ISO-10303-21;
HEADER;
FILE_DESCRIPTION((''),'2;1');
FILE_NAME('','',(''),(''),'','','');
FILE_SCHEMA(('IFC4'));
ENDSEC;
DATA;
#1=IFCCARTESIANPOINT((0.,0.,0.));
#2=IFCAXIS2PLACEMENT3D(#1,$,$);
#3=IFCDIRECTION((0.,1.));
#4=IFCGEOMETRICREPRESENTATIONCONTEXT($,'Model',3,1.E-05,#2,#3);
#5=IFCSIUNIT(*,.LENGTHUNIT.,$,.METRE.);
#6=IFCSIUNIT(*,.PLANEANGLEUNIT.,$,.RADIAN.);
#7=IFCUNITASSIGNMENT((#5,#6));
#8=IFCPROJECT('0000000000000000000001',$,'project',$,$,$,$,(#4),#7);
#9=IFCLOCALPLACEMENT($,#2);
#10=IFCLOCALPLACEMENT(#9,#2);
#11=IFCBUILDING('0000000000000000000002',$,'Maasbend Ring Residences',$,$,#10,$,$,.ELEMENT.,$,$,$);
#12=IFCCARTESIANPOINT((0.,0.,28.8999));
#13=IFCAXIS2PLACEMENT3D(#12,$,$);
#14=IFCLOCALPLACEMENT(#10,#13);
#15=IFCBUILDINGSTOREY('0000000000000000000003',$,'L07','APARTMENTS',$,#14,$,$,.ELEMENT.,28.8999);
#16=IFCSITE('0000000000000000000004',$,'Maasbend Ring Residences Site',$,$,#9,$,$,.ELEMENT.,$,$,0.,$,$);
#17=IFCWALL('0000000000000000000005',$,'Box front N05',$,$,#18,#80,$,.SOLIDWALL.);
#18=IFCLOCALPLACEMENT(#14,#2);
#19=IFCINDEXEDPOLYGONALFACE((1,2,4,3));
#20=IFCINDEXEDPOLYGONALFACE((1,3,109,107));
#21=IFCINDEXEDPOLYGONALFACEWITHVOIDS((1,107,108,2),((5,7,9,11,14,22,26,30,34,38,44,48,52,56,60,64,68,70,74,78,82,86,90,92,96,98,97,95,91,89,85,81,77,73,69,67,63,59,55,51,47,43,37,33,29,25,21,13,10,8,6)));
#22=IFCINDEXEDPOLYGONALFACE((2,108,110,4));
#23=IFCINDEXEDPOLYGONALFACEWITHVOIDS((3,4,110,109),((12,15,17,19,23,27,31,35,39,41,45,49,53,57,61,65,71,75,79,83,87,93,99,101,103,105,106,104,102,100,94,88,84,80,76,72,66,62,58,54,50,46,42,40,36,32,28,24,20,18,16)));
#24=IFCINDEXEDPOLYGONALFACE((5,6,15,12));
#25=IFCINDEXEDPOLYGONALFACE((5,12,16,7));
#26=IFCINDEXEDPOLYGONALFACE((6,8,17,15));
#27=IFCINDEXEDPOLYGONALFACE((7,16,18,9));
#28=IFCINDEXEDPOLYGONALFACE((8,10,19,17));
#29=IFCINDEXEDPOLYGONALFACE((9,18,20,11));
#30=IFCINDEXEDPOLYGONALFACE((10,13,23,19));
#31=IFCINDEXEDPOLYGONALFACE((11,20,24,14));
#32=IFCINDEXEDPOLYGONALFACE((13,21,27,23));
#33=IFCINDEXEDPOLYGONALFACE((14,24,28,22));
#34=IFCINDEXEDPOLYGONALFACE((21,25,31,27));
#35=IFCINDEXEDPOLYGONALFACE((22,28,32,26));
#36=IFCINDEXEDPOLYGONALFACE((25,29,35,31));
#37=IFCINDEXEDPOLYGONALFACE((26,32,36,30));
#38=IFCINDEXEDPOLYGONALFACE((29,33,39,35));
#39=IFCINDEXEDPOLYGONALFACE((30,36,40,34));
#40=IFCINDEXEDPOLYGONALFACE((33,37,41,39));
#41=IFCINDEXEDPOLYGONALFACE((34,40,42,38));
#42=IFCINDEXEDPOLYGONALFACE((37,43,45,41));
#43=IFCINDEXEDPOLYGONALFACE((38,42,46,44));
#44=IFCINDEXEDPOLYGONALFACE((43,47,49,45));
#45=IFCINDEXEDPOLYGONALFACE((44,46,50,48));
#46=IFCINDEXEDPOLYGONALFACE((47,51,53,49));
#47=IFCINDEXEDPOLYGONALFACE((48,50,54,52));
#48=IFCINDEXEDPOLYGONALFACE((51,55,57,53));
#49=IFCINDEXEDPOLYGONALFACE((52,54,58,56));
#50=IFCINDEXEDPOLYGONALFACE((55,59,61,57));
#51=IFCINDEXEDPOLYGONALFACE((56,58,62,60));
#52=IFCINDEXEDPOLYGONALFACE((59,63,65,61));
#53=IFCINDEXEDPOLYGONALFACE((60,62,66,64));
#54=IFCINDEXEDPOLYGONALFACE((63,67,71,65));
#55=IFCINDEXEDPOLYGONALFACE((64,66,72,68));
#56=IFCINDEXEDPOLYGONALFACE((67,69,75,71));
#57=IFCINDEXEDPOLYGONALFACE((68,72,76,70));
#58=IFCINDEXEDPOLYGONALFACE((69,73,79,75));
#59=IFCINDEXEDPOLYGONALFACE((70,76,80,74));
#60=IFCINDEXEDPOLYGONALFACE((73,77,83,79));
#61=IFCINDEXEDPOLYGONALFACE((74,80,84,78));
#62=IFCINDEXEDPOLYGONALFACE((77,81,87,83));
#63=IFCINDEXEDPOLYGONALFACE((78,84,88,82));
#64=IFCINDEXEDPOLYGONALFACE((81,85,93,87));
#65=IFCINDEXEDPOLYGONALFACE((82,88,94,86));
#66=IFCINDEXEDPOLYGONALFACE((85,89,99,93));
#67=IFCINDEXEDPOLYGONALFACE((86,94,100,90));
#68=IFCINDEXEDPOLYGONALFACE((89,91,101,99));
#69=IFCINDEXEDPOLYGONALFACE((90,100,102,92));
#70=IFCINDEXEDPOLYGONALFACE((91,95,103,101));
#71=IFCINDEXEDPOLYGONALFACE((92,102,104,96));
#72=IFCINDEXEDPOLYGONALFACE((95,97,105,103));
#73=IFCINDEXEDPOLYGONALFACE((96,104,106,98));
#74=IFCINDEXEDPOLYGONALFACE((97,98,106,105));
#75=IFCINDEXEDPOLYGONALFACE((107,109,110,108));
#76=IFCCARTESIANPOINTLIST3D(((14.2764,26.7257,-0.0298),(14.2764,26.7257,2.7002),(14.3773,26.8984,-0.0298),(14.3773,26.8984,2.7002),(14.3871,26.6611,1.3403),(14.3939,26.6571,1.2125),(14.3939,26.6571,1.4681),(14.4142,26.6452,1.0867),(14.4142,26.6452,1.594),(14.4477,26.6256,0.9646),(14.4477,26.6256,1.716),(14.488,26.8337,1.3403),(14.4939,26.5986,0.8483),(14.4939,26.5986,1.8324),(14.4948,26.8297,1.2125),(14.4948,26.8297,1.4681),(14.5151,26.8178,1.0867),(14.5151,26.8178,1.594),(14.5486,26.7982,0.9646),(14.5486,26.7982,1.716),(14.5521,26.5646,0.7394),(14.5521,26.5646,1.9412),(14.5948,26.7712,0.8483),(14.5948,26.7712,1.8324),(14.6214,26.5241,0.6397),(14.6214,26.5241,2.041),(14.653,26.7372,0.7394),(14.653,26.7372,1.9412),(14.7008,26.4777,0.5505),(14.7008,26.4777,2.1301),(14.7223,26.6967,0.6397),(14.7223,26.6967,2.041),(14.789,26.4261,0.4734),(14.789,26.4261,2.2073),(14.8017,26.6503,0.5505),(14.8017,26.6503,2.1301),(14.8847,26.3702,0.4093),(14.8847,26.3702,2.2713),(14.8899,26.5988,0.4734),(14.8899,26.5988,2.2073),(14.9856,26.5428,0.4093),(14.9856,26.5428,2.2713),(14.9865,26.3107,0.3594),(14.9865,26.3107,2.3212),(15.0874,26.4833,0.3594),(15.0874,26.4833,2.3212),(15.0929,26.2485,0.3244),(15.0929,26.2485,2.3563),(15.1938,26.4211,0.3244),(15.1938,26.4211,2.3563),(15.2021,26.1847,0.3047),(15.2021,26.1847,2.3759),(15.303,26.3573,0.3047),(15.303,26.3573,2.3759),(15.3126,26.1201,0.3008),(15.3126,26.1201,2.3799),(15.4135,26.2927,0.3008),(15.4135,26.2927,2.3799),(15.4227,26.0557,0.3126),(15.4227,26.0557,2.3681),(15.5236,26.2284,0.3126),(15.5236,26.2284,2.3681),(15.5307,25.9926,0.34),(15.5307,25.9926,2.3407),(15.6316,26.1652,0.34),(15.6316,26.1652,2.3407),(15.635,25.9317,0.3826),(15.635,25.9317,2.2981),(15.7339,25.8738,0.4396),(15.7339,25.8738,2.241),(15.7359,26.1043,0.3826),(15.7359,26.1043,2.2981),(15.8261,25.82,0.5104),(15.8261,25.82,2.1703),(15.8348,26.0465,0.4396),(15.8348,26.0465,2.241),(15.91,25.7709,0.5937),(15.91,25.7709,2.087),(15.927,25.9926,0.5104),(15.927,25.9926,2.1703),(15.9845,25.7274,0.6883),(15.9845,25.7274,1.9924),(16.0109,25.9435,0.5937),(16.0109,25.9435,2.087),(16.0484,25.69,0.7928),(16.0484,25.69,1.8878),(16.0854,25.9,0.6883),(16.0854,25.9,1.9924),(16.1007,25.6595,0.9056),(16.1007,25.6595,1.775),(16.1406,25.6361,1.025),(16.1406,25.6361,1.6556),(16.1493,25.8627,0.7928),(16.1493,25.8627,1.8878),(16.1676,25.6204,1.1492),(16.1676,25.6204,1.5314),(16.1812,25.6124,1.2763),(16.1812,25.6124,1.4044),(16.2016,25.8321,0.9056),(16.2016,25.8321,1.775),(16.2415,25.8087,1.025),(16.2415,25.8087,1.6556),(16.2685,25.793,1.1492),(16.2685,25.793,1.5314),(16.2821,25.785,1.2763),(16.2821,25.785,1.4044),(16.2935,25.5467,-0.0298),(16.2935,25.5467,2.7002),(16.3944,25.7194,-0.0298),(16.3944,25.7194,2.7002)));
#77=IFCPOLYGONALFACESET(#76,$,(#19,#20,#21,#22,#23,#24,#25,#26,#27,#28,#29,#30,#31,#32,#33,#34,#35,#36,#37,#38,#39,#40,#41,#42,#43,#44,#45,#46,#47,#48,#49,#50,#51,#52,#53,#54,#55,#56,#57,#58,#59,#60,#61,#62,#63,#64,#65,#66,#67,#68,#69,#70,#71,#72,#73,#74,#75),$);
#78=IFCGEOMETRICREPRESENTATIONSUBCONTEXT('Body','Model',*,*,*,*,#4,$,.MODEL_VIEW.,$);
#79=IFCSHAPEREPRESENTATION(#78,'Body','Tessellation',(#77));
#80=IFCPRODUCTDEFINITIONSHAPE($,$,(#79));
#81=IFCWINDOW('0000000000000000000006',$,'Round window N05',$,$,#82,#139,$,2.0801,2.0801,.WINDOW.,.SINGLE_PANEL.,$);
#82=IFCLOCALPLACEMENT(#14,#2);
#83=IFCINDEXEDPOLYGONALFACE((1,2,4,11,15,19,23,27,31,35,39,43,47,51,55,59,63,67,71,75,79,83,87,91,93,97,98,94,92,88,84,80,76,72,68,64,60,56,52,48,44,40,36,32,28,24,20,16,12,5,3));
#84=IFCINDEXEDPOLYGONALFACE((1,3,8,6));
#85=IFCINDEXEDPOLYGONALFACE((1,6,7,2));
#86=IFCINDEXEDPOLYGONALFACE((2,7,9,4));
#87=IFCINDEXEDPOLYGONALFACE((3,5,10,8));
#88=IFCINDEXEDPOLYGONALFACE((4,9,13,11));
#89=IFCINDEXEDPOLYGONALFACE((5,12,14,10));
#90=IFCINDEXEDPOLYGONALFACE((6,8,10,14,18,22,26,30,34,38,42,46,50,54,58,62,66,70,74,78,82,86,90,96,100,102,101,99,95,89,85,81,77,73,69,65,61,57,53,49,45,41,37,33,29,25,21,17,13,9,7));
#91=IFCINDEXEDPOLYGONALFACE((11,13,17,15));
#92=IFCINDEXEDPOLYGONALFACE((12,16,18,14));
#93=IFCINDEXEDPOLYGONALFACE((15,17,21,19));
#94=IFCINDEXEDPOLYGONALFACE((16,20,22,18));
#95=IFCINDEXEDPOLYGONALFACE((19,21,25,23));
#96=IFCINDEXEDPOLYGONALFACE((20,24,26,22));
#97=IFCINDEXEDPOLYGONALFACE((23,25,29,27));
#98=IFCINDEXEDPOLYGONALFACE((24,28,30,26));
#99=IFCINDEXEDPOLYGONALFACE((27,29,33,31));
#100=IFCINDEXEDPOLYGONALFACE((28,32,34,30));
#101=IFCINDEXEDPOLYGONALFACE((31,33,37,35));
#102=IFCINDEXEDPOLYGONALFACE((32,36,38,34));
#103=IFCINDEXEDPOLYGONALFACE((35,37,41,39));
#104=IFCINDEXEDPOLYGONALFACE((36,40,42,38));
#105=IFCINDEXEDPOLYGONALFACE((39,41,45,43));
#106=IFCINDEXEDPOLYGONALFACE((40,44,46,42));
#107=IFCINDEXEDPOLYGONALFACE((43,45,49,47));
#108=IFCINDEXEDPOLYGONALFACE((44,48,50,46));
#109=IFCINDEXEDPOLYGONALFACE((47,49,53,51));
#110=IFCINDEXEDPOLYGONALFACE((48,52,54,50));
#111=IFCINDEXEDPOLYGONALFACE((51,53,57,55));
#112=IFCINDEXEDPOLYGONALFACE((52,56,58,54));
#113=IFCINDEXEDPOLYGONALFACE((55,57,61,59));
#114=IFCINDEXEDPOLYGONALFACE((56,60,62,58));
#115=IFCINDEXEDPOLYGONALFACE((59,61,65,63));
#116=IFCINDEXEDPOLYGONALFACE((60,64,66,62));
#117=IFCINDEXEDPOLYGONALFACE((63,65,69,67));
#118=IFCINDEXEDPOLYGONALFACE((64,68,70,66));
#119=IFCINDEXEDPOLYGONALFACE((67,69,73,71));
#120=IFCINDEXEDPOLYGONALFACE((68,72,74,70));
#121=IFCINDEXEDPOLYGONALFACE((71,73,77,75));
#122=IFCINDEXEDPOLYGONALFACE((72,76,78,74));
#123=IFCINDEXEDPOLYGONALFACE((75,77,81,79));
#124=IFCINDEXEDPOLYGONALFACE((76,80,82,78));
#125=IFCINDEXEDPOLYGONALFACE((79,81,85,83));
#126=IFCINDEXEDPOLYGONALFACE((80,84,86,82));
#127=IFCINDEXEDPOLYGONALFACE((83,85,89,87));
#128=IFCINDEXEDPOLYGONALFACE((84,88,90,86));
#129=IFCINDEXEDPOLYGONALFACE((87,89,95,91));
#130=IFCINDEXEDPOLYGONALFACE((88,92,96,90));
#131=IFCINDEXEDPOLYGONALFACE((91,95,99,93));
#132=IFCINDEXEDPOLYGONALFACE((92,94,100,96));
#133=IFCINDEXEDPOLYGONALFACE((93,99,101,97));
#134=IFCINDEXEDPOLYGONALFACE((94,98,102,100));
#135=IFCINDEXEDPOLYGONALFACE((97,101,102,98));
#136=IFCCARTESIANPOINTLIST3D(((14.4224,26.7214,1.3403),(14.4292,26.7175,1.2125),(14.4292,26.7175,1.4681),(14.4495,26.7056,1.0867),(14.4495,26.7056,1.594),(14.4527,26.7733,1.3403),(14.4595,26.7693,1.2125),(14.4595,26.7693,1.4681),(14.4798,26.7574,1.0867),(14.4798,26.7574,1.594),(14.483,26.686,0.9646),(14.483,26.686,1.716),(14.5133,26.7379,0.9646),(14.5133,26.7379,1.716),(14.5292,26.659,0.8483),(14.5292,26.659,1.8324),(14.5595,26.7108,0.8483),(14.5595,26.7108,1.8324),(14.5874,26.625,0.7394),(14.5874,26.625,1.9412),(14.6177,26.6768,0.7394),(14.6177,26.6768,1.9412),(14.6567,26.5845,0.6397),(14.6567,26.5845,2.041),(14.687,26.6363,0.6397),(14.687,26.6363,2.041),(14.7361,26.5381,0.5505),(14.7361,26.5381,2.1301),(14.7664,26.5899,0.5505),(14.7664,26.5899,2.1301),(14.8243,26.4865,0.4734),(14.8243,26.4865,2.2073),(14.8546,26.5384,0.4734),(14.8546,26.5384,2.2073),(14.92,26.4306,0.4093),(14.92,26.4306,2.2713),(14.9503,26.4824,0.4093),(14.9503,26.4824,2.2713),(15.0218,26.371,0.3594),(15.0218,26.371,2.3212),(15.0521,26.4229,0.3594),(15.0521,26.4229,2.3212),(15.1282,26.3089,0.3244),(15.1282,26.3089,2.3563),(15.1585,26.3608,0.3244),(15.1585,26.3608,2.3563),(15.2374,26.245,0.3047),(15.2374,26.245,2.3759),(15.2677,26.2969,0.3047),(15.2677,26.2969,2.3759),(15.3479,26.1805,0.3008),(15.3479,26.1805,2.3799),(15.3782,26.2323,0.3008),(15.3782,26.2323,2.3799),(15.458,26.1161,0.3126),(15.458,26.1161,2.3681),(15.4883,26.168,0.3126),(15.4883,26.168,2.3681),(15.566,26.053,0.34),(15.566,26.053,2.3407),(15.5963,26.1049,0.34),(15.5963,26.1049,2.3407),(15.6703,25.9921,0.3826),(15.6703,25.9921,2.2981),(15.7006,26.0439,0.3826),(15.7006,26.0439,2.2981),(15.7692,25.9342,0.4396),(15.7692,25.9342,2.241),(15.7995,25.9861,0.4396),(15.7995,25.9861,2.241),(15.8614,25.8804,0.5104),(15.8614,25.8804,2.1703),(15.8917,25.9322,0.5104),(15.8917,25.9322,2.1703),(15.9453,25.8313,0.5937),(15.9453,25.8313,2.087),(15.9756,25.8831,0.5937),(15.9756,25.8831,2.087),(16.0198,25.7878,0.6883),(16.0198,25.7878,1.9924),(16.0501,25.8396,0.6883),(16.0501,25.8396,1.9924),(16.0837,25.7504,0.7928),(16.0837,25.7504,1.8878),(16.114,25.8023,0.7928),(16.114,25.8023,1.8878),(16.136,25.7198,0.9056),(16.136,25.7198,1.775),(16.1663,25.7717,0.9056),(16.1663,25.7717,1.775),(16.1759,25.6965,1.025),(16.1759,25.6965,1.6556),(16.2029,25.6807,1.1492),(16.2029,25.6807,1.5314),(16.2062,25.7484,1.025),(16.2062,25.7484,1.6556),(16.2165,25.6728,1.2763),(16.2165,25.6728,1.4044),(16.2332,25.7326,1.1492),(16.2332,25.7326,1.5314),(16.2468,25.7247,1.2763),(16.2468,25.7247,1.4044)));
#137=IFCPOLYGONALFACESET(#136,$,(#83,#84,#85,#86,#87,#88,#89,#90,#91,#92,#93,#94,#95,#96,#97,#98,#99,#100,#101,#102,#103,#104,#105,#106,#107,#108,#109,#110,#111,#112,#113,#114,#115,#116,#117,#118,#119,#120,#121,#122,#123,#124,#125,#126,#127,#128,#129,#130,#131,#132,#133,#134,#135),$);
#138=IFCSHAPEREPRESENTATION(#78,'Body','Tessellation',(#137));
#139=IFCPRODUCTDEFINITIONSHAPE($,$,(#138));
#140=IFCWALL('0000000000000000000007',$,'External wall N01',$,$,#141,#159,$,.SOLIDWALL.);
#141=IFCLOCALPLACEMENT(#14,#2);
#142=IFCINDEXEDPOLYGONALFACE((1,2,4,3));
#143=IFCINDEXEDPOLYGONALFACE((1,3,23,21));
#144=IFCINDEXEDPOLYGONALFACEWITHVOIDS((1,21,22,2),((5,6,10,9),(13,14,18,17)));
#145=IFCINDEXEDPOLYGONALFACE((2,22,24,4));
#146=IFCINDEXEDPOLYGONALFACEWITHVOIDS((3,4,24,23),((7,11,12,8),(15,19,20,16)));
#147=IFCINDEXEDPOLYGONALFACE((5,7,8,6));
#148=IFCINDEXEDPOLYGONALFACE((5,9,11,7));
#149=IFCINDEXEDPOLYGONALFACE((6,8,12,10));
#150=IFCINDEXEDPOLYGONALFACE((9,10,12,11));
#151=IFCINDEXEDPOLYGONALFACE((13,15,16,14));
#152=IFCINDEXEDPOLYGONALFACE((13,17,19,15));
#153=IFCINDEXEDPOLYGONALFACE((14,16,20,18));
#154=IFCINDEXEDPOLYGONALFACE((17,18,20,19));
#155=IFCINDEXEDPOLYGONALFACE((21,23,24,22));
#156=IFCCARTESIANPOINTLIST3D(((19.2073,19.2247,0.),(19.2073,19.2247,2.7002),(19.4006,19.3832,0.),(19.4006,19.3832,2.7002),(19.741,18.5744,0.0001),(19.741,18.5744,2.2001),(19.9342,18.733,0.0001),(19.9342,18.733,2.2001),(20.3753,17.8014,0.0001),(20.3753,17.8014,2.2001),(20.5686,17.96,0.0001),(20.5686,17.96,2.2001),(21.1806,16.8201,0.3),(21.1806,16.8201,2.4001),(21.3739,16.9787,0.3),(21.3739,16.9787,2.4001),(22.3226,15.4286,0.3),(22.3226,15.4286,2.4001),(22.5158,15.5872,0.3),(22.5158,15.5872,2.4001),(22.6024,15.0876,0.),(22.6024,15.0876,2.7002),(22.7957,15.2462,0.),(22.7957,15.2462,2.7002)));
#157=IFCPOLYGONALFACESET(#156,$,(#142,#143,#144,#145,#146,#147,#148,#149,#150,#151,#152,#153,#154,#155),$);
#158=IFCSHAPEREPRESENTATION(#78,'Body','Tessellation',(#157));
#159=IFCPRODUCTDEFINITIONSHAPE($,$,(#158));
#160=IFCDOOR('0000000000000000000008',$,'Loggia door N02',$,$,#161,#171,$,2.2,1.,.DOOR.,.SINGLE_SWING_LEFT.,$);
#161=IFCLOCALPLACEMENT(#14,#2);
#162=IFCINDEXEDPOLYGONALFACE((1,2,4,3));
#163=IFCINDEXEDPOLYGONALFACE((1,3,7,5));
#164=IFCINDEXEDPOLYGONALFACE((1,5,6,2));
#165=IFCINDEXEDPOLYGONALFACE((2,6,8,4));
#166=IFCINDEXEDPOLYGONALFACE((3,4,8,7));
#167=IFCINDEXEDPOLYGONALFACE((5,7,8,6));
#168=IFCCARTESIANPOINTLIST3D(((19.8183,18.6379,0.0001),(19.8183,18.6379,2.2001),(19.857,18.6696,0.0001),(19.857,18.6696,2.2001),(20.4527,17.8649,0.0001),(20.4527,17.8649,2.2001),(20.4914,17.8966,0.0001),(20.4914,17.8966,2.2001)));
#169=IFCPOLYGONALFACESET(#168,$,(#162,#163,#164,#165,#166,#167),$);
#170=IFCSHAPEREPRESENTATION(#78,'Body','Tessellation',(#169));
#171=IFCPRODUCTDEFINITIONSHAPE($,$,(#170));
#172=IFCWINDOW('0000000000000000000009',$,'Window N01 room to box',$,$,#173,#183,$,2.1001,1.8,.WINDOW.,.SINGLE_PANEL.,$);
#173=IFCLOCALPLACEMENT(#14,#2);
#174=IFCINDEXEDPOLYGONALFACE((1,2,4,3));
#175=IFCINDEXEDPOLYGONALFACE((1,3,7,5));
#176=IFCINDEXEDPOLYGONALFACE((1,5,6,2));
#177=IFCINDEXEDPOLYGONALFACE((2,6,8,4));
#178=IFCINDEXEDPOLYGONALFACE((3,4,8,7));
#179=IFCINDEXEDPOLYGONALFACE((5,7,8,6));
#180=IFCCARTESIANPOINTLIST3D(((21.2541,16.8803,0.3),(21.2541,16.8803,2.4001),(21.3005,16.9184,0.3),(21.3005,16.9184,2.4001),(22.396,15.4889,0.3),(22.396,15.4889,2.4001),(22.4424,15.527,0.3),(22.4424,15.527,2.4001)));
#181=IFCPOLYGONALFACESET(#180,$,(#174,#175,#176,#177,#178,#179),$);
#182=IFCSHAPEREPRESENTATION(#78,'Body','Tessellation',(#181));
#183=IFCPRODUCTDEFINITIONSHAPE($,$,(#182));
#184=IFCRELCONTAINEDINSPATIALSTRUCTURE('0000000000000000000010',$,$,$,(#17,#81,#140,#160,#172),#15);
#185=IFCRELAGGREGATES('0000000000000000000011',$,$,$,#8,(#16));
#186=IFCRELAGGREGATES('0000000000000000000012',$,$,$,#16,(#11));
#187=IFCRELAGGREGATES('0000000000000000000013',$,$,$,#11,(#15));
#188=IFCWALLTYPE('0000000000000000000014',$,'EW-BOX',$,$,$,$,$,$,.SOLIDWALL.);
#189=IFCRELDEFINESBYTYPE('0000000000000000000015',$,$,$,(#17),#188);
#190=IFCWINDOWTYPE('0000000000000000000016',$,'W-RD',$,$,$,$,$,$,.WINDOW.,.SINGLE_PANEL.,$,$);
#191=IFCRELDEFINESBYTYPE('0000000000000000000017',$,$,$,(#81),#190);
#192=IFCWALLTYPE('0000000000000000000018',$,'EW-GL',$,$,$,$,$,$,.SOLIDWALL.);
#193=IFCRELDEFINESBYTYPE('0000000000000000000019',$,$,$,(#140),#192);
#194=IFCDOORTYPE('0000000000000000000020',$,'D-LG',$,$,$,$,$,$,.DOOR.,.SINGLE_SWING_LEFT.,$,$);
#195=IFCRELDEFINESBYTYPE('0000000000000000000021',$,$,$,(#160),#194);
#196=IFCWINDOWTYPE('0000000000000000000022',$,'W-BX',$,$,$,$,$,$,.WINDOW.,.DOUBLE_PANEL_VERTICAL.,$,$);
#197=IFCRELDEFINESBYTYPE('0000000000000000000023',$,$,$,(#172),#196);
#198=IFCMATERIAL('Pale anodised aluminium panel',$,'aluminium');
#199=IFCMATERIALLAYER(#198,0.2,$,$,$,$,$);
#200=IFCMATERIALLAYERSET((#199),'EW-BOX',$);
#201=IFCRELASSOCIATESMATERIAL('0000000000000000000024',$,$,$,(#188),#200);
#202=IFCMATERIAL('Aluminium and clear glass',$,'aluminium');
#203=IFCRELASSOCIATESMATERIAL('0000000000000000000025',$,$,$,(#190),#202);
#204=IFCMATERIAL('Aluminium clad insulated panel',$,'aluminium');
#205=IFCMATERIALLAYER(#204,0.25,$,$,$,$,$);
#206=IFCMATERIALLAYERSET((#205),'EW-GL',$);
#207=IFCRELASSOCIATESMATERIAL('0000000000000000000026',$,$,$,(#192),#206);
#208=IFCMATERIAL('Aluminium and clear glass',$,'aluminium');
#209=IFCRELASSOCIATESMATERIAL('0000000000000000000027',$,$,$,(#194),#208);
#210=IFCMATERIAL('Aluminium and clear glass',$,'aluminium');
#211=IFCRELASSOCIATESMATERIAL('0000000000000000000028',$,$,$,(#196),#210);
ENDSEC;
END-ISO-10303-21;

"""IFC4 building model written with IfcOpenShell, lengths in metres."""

from ifc_helpers import new_model, si_unit, direction, frame, frame_2d, origin, place, context, subcontext, project, spatial, rectangle, circle, extrude, material, layer, layer_set, type_object, element, fill, save


model = new_model("IFC4")

# Units and contexts
model_context = context("Model", 3, precision=1e-05, world=origin(), true_north=direction((0.0, 1.0)))
body_context = subcontext(model_context, "Body", "Model", "MODEL_VIEW")
ifc_project = project(units=[si_unit("LENGTHUNIT", "METRE"), si_unit("PLANEANGLEUNIT", "RADIAN")], contexts=[model_context])

# Site, building, storey
site_placement = place(None, origin())
site = spatial("IfcSite", under=ifc_project, at=site_placement, Name="Maasbend Ring Residences Site", CompositionType="ELEMENT", RefElevation=0.0)
building_placement = place(site_placement, origin())
building = spatial("IfcBuilding", under=site, at=building_placement, Name="Maasbend Ring Residences", CompositionType="ELEMENT")
storey_placement = place(building_placement, frame((0.0, 0.0, 28.8999)))
storey = spatial("IfcBuildingStorey", under=building, at=storey_placement, Name="L07", Description="APARTMENTS", CompositionType="ELEMENT", Elevation=28.8999)

# Shared definitions
ifc_material_1 = material(Name="Pale anodised aluminium panel", Category="aluminium")
ifc_layer_1 = layer(ifc_material_1, 0.2)
ifc_layer_set_1 = layer_set([ifc_layer_1], Name="EW-BOX")
wall_type_1 = type_object("IfcWallType", Name="EW-BOX", PredefinedType="SOLIDWALL", material=ifc_layer_set_1)
ifc_material_2 = material(Name="Aluminium and clear glass", Category="aluminium")
window_type_1 = type_object("IfcWindowType", Name="W-RD", PartitioningType="SINGLE_PANEL", PredefinedType="WINDOW", material=ifc_material_2)

# Wall, opening, window
wall_1_placement = place(storey_placement, frame((16.344, 25.6331, -0.0298), z_axis=(0.0, 0.0, 1.0), x_axis=(-0.863347, 0.504612, 0.0)))
wall_1 = element("IfcWall", 1, at=wall_1_placement, inside=storey, type_object=wall_type_1, Name="Box front N05", PredefinedType="SOLIDWALL", context=body_context, shape_type="SweptSolid", body=[
    extrude(rectangle(XDim=2.3364, YDim=0.2, at=frame_2d((1.1682, 0.0))), origin(), (0.0, 0.0, 1.0), 2.73),
])
opening_1_placement = place(wall_1_placement, frame((0.1282, 0.0, 0.3301)))
opening_1 = element("IfcOpeningElement", 2, at=opening_1_placement, cuts=wall_1, PredefinedType="OPENING", context=body_context, shape_type="SweptSolid", body=[
    extrude(circle(Radius=1.04, at=frame_2d((1.04, 1.04))), frame((0.0, 0.1099, 0.0), z_axis=(0.0, -1.0, 0.0), x_axis=(1.0, 0.0, 0.0)), (0.0, 0.0, 1.0), 0.22),
])
window_1_placement = place(opening_1_placement, origin())
window_1 = element("IfcWindow", 3, at=window_1_placement, inside=storey, type_object=window_type_1, Name="Round window N05", OverallHeight=2.0801, OverallWidth=2.0801, PartitioningType="SINGLE_PANEL", PredefinedType="WINDOW", context=body_context, shape_type="SweptSolid", body=[
    extrude(circle(Radius=1.04, at=frame_2d((1.04, 1.04))), frame((0.0, 0.03, 0.0), z_axis=(0.0, -1.0, 0.0), x_axis=(1.0, 0.0, 0.0)), (0.0, 0.0, 1.0), 0.0601),
])
fill(opening_1, window_1)

# Wall, openings, door, window
ifc_material_3 = material(Name="Aluminium clad insulated panel", Category="aluminium")
ifc_layer_2 = layer(ifc_material_3, 0.25)
ifc_layer_set_2 = layer_set([ifc_layer_2], Name="EW-GL")
wall_type_2 = type_object("IfcWallType", Name="EW-GL", PredefinedType="SOLIDWALL", material=ifc_layer_set_2)
wall_2_placement = place(storey_placement, frame((22.699, 15.167, 0.0), z_axis=(0.0, 0.0, 1.0), x_axis=(-0.634382, 0.773019, 0.0)))
wall_2 = element("IfcWall", 4, at=wall_2_placement, inside=storey, type_object=wall_type_2, Name="External wall N01", PredefinedType="SOLIDWALL", context=body_context, shape_type="SweptSolid", body=[
    extrude(rectangle(XDim=5.3518, YDim=0.25, at=frame_2d((2.6758, 0.0))), origin(), (0.0, 0.0, 1.0), 2.7002),
])
opening_2_placement = place(wall_2_placement, frame((0.4412, 0.0, 0.3)))
opening_2 = element("IfcOpeningElement", 5, at=opening_2_placement, cuts=wall_2, PredefinedType="OPENING", context=body_context, shape_type="SweptSolid", body=[
    extrude(rectangle(XDim=1.8, YDim=2.1001, at=frame_2d((0.8999, 1.05))), frame((0.0, 0.135, 0.0), z_axis=(0.0, -1.0, 0.0), x_axis=(1.0, 0.0, 0.0)), (0.0, 0.0, 1.0), 0.27),
])
opening_3_placement = place(wall_2_placement, frame((3.5105, 0.0, 0.0)))
opening_3 = element("IfcOpeningElement", 6, at=opening_3_placement, cuts=wall_2, PredefinedType="OPENING", context=body_context, shape_type="SweptSolid", body=[
    extrude(rectangle(XDim=1.0, YDim=2.2, at=frame_2d((0.5, 1.1001))), frame((0.0, 0.135, 0.0), z_axis=(0.0, -1.0, 0.0), x_axis=(1.0, 0.0, 0.0)), (0.0, 0.0, 1.0), 0.27),
])
ifc_material_4 = material(Name="Aluminium and clear glass", Category="aluminium")
door_type = type_object("IfcDoorType", Name="D-LG", OperationType="SINGLE_SWING_LEFT", PredefinedType="DOOR", material=ifc_material_4)
door_1_placement = place(opening_3_placement, origin())
door_1 = element("IfcDoor", 7, at=door_1_placement, inside=storey, type_object=door_type, Name="Loggia door N02", OperationType="SINGLE_SWING_LEFT", OverallHeight=2.2, OverallWidth=1.0, PredefinedType="DOOR", context=body_context, shape_type="SweptSolid", body=[
    extrude(rectangle(XDim=1.0, YDim=2.2, at=frame_2d((0.5, 1.1001))), frame((0.0, 0.0249, 0.0), z_axis=(0.0, -1.0, 0.0), x_axis=(1.0, 0.0, 0.0)), (0.0, 0.0, 1.0), 0.05),
])
fill(opening_3, door_1)
ifc_material_5 = material(Name="Aluminium and clear glass", Category="aluminium")
window_type_2 = type_object("IfcWindowType", Name="W-BX", PartitioningType="DOUBLE_PANEL_VERTICAL", PredefinedType="WINDOW", material=ifc_material_5)
window_2_placement = place(opening_2_placement, origin())
window_2 = element("IfcWindow", 8, at=window_2_placement, inside=storey, type_object=window_type_2, Name="Window N01 room to box", OverallHeight=2.1001, OverallWidth=1.8, PartitioningType="SINGLE_PANEL", PredefinedType="WINDOW", context=body_context, shape_type="SweptSolid", body=[
    extrude(rectangle(XDim=1.8, YDim=2.1001, at=frame_2d((0.8999, 1.05))), frame((0.0, 0.03, 0.0), z_axis=(0.0, -1.0, 0.0), x_axis=(1.0, 0.0, 0.0)), (0.0, 0.0, 1.0), 0.0601),
])
fill(opening_2, window_2)

save(model, "model.ifc")
